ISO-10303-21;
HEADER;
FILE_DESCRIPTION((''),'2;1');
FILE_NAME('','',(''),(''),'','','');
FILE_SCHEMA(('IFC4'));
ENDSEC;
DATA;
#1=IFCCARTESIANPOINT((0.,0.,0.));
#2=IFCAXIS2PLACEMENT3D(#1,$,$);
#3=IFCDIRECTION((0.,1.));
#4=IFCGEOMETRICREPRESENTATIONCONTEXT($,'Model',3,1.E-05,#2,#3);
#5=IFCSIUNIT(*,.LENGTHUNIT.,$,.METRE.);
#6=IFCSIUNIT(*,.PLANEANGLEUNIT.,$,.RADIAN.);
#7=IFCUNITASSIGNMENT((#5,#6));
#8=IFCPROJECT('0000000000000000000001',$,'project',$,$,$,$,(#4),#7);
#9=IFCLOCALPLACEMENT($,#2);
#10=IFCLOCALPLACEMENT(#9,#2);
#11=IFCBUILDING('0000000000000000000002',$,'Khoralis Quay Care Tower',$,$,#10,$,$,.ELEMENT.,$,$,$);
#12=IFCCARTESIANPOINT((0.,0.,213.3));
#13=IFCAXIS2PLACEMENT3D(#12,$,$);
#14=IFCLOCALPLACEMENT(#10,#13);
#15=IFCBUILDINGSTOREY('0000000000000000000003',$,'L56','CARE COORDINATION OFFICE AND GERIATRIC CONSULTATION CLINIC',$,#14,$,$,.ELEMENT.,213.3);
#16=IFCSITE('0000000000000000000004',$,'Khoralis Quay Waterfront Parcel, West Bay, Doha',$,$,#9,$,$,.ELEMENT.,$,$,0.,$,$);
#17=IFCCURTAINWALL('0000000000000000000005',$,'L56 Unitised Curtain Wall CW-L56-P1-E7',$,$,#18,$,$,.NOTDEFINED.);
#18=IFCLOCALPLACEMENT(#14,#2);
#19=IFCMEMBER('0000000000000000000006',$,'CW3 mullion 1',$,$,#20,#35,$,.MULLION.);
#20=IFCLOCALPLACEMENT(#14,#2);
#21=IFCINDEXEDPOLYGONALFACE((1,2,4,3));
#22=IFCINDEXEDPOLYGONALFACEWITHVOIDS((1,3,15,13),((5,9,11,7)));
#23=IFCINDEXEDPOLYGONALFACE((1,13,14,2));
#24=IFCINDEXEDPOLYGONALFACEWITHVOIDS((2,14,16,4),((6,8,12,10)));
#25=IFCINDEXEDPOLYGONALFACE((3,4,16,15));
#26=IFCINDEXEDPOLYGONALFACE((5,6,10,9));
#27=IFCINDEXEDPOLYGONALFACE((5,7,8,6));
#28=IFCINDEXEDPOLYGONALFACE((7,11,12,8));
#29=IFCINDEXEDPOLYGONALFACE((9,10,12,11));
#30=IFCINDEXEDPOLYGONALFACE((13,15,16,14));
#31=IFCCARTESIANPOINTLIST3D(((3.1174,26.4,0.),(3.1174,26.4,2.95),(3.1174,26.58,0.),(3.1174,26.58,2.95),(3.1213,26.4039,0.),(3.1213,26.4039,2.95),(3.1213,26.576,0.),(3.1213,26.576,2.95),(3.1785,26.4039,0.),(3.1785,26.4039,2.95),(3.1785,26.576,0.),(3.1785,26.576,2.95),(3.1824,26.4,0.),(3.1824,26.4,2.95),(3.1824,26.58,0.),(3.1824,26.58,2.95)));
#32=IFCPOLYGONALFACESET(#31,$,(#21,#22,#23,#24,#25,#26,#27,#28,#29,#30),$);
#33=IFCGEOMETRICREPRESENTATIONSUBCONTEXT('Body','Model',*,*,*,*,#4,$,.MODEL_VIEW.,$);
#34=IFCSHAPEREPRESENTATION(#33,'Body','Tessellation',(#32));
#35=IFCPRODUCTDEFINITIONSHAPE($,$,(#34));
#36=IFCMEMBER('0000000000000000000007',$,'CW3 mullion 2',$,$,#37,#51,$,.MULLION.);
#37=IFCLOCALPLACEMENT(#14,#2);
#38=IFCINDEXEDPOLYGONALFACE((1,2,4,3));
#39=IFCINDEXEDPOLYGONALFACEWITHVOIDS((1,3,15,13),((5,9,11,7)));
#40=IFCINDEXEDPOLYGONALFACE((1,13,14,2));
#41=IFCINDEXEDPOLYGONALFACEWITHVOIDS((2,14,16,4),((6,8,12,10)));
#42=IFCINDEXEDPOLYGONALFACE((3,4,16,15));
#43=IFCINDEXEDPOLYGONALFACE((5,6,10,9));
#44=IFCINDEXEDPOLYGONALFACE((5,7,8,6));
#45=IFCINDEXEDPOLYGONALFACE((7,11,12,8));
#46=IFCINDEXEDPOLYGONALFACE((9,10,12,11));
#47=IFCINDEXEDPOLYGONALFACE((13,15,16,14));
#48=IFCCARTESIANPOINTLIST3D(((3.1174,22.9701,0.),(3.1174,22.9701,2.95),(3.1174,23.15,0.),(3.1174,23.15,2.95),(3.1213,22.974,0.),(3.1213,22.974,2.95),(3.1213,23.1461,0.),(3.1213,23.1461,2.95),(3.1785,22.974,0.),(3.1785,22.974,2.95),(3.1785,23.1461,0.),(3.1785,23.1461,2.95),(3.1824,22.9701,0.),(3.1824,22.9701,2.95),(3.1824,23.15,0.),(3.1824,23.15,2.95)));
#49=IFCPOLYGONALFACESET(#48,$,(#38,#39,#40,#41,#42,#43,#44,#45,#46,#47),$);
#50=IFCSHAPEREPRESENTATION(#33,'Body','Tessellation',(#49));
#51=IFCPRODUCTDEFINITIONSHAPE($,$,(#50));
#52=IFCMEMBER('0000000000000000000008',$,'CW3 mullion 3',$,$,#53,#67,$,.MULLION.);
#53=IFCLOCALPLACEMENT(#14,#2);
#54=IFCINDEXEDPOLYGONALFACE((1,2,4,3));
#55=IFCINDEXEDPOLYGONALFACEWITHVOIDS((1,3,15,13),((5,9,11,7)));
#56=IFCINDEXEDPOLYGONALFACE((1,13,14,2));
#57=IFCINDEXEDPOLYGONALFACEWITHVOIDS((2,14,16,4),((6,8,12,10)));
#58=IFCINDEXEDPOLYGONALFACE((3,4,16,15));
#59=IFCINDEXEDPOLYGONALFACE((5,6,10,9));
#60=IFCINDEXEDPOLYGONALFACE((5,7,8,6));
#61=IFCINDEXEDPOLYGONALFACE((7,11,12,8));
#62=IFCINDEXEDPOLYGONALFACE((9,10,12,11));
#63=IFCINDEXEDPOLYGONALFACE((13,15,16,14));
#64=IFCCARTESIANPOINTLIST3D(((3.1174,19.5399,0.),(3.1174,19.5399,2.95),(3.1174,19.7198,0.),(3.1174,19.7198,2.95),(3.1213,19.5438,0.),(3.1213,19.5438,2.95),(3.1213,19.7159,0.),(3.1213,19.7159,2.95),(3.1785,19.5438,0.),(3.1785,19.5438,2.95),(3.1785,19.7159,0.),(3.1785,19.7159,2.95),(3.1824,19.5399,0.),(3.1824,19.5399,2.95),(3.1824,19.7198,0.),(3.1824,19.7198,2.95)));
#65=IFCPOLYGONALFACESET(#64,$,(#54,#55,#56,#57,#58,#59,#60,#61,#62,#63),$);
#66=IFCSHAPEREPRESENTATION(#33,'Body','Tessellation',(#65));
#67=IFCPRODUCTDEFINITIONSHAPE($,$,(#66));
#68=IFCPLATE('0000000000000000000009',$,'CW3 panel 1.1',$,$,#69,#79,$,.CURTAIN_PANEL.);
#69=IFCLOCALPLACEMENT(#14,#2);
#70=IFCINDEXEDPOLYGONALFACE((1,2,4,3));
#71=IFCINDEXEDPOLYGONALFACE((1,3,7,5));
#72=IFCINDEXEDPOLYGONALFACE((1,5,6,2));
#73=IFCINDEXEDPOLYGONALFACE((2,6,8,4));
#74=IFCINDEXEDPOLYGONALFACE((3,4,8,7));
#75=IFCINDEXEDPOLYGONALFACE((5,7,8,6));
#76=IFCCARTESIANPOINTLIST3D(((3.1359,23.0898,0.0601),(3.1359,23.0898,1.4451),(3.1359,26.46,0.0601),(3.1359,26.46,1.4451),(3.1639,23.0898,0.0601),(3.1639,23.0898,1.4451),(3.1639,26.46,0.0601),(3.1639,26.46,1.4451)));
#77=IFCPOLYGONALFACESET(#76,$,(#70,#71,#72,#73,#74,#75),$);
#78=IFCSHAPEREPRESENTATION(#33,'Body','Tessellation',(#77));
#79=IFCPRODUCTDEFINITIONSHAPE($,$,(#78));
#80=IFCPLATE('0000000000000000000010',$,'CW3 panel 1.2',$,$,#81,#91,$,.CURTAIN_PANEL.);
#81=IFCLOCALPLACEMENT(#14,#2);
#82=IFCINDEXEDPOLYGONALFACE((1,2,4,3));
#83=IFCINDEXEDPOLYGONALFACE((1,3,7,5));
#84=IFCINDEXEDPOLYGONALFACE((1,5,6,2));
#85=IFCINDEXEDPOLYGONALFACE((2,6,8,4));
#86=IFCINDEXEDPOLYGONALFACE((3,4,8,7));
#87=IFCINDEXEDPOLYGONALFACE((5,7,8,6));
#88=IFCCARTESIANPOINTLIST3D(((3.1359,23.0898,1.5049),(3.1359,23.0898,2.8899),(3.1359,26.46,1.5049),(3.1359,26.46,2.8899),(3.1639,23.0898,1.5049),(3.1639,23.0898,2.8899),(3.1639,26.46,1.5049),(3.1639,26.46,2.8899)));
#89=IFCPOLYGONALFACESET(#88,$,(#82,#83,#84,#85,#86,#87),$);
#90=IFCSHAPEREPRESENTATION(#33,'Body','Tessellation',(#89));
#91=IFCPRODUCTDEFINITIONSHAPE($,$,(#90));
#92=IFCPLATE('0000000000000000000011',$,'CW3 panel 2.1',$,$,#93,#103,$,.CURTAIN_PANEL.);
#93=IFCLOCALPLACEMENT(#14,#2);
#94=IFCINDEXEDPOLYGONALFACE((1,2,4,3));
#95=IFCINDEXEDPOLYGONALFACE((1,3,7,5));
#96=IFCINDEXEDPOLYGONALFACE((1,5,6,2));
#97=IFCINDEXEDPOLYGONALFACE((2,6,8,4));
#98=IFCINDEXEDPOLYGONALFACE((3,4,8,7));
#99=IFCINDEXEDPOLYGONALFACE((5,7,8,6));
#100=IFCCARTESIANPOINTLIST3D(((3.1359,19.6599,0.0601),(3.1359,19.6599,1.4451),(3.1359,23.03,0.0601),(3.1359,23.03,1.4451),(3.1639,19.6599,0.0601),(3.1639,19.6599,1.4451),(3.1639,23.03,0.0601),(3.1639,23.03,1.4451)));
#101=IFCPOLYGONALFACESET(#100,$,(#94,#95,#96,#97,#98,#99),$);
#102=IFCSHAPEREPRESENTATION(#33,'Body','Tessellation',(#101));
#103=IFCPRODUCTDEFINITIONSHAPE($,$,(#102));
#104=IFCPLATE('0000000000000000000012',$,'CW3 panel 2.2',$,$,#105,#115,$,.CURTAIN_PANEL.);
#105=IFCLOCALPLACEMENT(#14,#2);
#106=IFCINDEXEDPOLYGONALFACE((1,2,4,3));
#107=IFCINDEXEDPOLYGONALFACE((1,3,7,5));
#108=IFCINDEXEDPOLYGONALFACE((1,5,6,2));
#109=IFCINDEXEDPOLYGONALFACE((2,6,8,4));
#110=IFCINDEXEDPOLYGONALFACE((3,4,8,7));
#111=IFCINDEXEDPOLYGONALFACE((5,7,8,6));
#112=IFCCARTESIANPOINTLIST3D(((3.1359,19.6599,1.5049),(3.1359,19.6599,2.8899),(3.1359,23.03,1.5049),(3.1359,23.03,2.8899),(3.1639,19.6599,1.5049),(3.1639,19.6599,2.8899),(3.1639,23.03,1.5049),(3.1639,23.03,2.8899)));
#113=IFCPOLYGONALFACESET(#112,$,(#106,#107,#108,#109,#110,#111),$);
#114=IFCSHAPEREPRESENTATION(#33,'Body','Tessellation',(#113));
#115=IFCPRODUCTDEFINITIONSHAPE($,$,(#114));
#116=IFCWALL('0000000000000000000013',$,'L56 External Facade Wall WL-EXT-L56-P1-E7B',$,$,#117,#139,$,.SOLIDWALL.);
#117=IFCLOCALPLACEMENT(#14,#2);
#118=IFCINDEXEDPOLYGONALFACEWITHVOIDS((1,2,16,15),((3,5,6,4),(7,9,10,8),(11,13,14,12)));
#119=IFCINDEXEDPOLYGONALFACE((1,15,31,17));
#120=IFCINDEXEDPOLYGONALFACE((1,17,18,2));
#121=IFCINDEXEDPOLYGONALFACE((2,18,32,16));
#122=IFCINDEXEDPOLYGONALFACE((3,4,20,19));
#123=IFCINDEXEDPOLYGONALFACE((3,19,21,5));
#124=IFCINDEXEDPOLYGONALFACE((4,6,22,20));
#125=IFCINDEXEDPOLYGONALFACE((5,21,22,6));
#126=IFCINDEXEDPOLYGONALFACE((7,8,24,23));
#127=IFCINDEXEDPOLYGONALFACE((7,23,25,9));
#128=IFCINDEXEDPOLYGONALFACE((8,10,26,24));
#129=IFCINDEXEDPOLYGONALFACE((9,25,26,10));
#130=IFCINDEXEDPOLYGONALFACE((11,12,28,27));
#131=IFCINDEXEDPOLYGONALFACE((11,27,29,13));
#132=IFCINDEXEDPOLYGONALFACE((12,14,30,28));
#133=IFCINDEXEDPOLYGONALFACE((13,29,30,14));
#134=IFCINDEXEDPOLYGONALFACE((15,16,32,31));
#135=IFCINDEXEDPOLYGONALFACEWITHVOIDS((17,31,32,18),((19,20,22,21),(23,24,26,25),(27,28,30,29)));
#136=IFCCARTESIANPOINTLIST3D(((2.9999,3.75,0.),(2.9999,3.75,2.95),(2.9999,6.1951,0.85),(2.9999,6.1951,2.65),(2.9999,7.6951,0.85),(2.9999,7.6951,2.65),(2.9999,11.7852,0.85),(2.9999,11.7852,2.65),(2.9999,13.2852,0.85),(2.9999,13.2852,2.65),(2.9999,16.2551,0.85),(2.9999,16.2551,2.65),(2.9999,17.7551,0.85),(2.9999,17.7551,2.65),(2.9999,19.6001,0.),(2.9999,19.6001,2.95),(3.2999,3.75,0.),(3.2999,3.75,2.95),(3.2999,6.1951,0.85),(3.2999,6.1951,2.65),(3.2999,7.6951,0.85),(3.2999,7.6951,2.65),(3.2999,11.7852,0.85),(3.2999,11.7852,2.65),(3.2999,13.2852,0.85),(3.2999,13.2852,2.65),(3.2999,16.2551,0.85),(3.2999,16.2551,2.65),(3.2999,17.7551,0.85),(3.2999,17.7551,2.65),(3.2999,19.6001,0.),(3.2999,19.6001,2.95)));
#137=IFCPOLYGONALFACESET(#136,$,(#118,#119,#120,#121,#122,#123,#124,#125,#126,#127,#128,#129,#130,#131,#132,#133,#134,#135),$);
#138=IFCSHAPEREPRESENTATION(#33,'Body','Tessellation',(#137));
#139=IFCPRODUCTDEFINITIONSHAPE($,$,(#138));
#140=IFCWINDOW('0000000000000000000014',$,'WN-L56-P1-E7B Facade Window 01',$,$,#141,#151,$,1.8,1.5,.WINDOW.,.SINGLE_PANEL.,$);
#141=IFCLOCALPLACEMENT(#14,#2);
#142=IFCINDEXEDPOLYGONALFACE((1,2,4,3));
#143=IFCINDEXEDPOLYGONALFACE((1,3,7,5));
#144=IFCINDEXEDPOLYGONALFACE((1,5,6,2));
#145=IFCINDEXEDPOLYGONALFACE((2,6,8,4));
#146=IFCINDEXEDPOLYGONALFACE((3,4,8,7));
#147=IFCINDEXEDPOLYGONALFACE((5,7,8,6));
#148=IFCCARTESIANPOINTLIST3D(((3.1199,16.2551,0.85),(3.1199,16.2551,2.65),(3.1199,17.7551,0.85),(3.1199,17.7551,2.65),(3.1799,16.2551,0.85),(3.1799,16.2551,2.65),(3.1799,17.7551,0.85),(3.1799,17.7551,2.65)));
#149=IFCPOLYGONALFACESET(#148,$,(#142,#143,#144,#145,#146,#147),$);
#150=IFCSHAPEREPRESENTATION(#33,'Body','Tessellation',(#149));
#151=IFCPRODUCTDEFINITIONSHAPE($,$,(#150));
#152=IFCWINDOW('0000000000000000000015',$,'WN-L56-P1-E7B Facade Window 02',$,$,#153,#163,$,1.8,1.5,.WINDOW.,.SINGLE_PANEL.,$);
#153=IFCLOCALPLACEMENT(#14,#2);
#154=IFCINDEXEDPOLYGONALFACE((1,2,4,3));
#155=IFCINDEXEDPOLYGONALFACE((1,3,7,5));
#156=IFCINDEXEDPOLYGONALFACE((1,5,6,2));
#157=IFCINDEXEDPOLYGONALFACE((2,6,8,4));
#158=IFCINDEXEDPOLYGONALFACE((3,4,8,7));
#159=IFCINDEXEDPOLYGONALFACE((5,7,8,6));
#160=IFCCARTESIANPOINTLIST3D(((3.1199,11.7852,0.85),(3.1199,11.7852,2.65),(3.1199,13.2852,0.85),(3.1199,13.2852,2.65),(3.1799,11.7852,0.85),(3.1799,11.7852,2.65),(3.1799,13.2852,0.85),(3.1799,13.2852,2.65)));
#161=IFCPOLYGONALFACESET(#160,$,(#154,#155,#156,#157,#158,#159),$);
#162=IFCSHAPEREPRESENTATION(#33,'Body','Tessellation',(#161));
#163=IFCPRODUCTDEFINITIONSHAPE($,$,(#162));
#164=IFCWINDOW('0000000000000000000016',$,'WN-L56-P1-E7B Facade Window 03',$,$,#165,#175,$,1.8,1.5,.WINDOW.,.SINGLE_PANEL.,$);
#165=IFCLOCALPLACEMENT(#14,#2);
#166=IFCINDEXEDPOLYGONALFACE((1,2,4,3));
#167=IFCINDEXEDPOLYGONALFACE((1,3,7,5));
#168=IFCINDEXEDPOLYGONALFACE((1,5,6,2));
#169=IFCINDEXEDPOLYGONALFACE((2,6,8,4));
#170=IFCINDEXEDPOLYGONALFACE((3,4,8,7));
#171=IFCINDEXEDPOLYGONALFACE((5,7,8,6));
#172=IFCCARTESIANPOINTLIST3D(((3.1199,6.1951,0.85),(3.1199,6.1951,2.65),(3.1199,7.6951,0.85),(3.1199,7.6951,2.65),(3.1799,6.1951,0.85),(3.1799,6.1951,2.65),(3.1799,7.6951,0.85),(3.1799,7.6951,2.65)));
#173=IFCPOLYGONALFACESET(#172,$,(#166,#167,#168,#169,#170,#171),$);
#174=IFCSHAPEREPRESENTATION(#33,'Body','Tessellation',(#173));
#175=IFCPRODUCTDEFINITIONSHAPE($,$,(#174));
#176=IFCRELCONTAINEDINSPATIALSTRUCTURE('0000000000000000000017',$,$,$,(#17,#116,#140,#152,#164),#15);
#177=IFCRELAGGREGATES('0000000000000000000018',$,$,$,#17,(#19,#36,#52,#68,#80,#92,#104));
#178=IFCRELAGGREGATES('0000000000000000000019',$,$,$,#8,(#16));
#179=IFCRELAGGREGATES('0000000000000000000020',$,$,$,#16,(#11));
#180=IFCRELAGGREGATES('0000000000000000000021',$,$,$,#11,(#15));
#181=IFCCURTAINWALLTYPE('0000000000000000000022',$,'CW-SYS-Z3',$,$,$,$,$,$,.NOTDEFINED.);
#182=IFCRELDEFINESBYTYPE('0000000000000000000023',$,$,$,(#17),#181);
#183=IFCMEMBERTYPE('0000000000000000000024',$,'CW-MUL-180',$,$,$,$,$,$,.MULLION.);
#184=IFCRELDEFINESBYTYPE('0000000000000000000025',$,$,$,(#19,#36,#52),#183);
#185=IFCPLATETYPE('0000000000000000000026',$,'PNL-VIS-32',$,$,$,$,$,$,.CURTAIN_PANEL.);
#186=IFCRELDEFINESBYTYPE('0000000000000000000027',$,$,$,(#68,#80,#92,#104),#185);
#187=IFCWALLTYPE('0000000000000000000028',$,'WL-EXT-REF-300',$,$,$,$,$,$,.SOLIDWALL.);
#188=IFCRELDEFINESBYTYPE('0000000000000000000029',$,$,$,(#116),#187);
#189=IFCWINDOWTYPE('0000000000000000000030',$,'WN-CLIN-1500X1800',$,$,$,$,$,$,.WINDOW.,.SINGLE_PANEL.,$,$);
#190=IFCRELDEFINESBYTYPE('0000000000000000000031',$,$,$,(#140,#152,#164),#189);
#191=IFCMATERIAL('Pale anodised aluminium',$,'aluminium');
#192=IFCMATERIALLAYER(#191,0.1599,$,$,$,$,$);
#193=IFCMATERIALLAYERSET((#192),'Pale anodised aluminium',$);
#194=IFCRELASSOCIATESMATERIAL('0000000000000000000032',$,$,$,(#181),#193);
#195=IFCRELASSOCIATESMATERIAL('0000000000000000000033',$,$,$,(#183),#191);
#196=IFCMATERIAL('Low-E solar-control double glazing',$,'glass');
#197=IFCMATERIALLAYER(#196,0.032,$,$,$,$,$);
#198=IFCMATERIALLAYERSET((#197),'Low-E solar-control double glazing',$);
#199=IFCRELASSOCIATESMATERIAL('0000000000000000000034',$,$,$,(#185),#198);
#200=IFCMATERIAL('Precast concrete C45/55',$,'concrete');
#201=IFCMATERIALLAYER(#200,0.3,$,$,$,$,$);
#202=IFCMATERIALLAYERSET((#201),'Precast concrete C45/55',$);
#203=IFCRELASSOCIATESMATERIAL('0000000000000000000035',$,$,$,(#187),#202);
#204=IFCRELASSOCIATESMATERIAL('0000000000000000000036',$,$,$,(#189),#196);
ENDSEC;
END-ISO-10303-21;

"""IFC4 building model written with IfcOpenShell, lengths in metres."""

from ifc_helpers import new_model, si_unit, direction, frame, frame_2d, origin, origin_2d, place, context, subcontext, project, spatial, rectangle, hollow_rectangle, extrude, source, transform, mapped, material, layer, layer_set, material_profile, profile_set, type_object, element, fill, aggregate, save


model = new_model("IFC4")

# Units and contexts
model_context = context("Model", 3, precision=1e-05, world=origin(), true_north=direction((0.0, 1.0)))
body_context = subcontext(model_context, "Body", "Model", "MODEL_VIEW")
ifc_project = project(units=[si_unit("LENGTHUNIT", "METRE"), si_unit("PLANEANGLEUNIT", "RADIAN")], contexts=[model_context])

# Site, building, storey
site_placement = place(None, origin())
site = spatial("IfcSite", under=ifc_project, at=site_placement, Name="Khoralis Quay Waterfront Parcel, West Bay, Doha", CompositionType="ELEMENT", RefElevation=0.0)
building_placement = place(site_placement, origin())
building = spatial("IfcBuilding", under=site, at=building_placement, Name="Khoralis Quay Care Tower", CompositionType="ELEMENT")
storey_placement = place(building_placement, frame((0.0, 0.0, 213.3)))
storey = spatial("IfcBuildingStorey", under=building, at=storey_placement, Name="L56", Description="CARE COORDINATION OFFICE AND GERIATRIC CONSULTATION CLINIC", CompositionType="ELEMENT", Elevation=213.3)

# Curtain wall, members, plates
ifc_material_1 = material(Name="Pale anodised aluminium", Category="aluminium")
ifc_layer_1 = layer(ifc_material_1, 0.1599)
ifc_layer_set_1 = layer_set([ifc_layer_1], Name="Pale anodised aluminium")
curtain_wall_type = type_object("IfcCurtainWallType", Name="CW-SYS-Z3", PredefinedType="NOTDEFINED", material=ifc_layer_set_1)
curtain_wall_placement = place(storey_placement, origin())
curtain_wall = element("IfcCurtainWall", 1, at=curtain_wall_placement, inside=storey, type_object=curtain_wall_type, Name="L56 Unitised Curtain Wall CW-L56-P1-E7", PredefinedType="NOTDEFINED")
ifc_material_profile_1 = material_profile(ifc_material_1, hollow_rectangle(XDim=0.0649, YDim=0.1799, WallThickness=0.0039, at=origin_2d()), Name="Pale anodised aluminium")
ifc_profile_set_1 = profile_set([ifc_material_profile_1], Name="Pale anodised aluminium")
member_type_1 = type_object("IfcMemberType", Name="CW-MUL-180", PredefinedType="MULLION", material=ifc_profile_set_1)
shared_shape_1 = source(origin(), body_context, "Body", "SweptSolid", [
    extrude(hollow_rectangle(XDim=0.0649, YDim=0.1799, WallThickness=0.0039, at=origin_2d()), origin(), (0.0, 0.0, 1.0), 2.95),
])
member_1_placement = place(storey_placement, frame((3.1499, 26.49, 0.0), z_axis=(0.0, 0.0, 1.0), x_axis=(1.0, 0.0, 0.0)))
member_1 = element("IfcMember", 2, at=member_1_placement, type_object=member_type_1, Name="CW3 mullion 1", PredefinedType="MULLION", context=body_context, shape_type="MappedRepresentation", body=[
    mapped(shared_shape_1, transform((0.0, 0.0, 0.0), scale=1.0)),
])
member_2_placement = place(storey_placement, frame((3.1499, 23.0601, 0.0), z_axis=(0.0, 0.0, 1.0), x_axis=(1.0, 0.0, 0.0)))
member_2 = element("IfcMember", 3, at=member_2_placement, type_object=member_type_1, Name="CW3 mullion 2", PredefinedType="MULLION", context=body_context, shape_type="MappedRepresentation", body=[
    mapped(shared_shape_1, transform((0.0, 0.0, 0.0), scale=1.0)),
])
member_3_placement = place(storey_placement, frame((3.1499, 19.6299, 0.0), z_axis=(0.0, 0.0, 1.0), x_axis=(1.0, 0.0, 0.0)))
member_3 = element("IfcMember", 4, at=member_3_placement, type_object=member_type_1, Name="CW3 mullion 3", PredefinedType="MULLION", context=body_context, shape_type="MappedRepresentation", body=[
    mapped(shared_shape_1, transform((0.0, 0.0, 0.0), scale=1.0)),
])
ifc_material_2 = material(Name="Low-E solar-control double glazing", Category="glass")
ifc_layer_2 = layer(ifc_material_2, 0.032)
ifc_layer_set_2 = layer_set([ifc_layer_2], Name="Low-E solar-control double glazing")
plate_type = type_object("IfcPlateType", Name="PNL-VIS-32", PredefinedType="CURTAIN_PANEL", material=ifc_layer_set_2)
shared_shape_2 = source(origin(), body_context, "Body", "SweptSolid", [
    extrude(rectangle(XDim=3.3701, YDim=0.0281, at=origin_2d()), origin(), (0.0, 0.0, 1.0), 1.385),
])
plate_1_placement = place(storey_placement, frame((3.1499, 24.7749, 0.0601), z_axis=(0.0, 0.0, 1.0), x_axis=(0.0, -1.0, 0.0)))
plate_1 = element("IfcPlate", 5, at=plate_1_placement, type_object=plate_type, Name="CW3 panel 1.1", PredefinedType="CURTAIN_PANEL", context=body_context, shape_type="MappedRepresentation", body=[
    mapped(shared_shape_2, transform((0.0, 0.0, 0.0), scale=1.0)),
])
plate_2_placement = place(storey_placement, frame((3.1499, 24.7749, 1.5049), z_axis=(0.0, 0.0, 1.0), x_axis=(0.0, -1.0, 0.0)))
plate_2 = element("IfcPlate", 6, at=plate_2_placement, type_object=plate_type, Name="CW3 panel 1.2", PredefinedType="CURTAIN_PANEL", context=body_context, shape_type="MappedRepresentation", body=[
    mapped(shared_shape_2, transform((0.0, 0.0, 0.0), scale=1.0)),
])
plate_3_placement = place(storey_placement, frame((3.1499, 21.345, 0.0601), z_axis=(0.0, 0.0, 1.0), x_axis=(0.0, -1.0, 0.0)))
plate_3 = element("IfcPlate", 7, at=plate_3_placement, type_object=plate_type, Name="CW3 panel 2.1", PredefinedType="CURTAIN_PANEL", context=body_context, shape_type="MappedRepresentation", body=[
    mapped(shared_shape_2, transform((0.0, 0.0, 0.0), scale=1.0)),
])
plate_4_placement = place(storey_placement, frame((3.1499, 21.345, 1.5049), z_axis=(0.0, 0.0, 1.0), x_axis=(0.0, -1.0, 0.0)))
plate_4 = element("IfcPlate", 8, at=plate_4_placement, type_object=plate_type, Name="CW3 panel 2.2", PredefinedType="CURTAIN_PANEL", context=body_context, shape_type="MappedRepresentation", body=[
    mapped(shared_shape_2, transform((0.0, 0.0, 0.0), scale=1.0)),
])
aggregate(curtain_wall, [member_1, member_2, member_3, plate_1, plate_2, plate_3, plate_4])

# Wall, openings, windows
ifc_material_3 = material(Name="Precast concrete C45/55", Category="concrete")
ifc_layer_3 = layer(ifc_material_3, 0.3)
ifc_layer_set_3 = layer_set([ifc_layer_3], Name="Precast concrete C45/55")
wall_type_1 = type_object("IfcWallType", Name="WL-EXT-REF-300", PredefinedType="SOLIDWALL", material=ifc_layer_set_3)
wall_1_placement = place(storey_placement, frame((3.1499, 19.6001, 0.0), z_axis=(0.0, 0.0, 1.0), x_axis=(0.0, -1.0, 0.0)))
wall_1 = element("IfcWall", 9, at=wall_1_placement, inside=storey, type_object=wall_type_1, Name="L56 External Facade Wall WL-EXT-L56-P1-E7B", PredefinedType="SOLIDWALL", context=body_context, shape_type="SweptSolid", body=[
    extrude(rectangle(XDim=15.8501, YDim=0.3, at=frame_2d((7.925, 0.0))), origin(), (0.0, 0.0, 1.0), 2.95),
])
opening_1_placement = place(wall_1_placement, frame((1.845, 0.0, 0.8501)))
opening_1 = element("IfcOpeningElement", 10, at=opening_1_placement, cuts=wall_1, PredefinedType="OPENING", context=body_context, shape_type="SweptSolid", body=[
    extrude(rectangle(XDim=1.5, YDim=1.8, at=frame_2d((0.75, 0.8999))), frame((0.0, 0.1602, 0.0), z_axis=(0.0, -1.0, 0.0), x_axis=(1.0, 0.0, 0.0)), (0.0, 0.0, 1.0), 0.3201),
])
opening_2_placement = place(wall_1_placement, frame((6.3149, 0.0, 0.8501)))
opening_2 = element("IfcOpeningElement", 11, at=opening_2_placement, cuts=wall_1, PredefinedType="OPENING", context=body_context, shape_type="SweptSolid", body=[
    extrude(rectangle(XDim=1.5, YDim=1.8, at=frame_2d((0.75, 0.8999))), frame((0.0, 0.1602, 0.0), z_axis=(0.0, -1.0, 0.0), x_axis=(1.0, 0.0, 0.0)), (0.0, 0.0, 1.0), 0.3201),
])
opening_3_placement = place(wall_1_placement, frame((11.905, 0.0, 0.8501)))
opening_3 = element("IfcOpeningElement", 12, at=opening_3_placement, cuts=wall_1, PredefinedType="OPENING", context=body_context, shape_type="SweptSolid", body=[
    extrude(rectangle(XDim=1.5, YDim=1.8, at=frame_2d((0.75, 0.8999))), frame((0.0, 0.1602, 0.0), z_axis=(0.0, -1.0, 0.0), x_axis=(1.0, 0.0, 0.0)), (0.0, 0.0, 1.0), 0.3201),
])
window_type = type_object("IfcWindowType", Name="WN-CLIN-1500X1800", PartitioningType="SINGLE_PANEL", PredefinedType="WINDOW", material=ifc_material_2)
shared_shape_3 = source(origin(), body_context, "Body", "SweptSolid", [
    extrude(rectangle(XDim=1.5, YDim=1.8, at=frame_2d((0.75, 0.8999))), frame((0.0, 0.03, 0.0), z_axis=(0.0, -1.0, 0.0), x_axis=(1.0, 0.0, 0.0)), (0.0, 0.0, 1.0), 0.0601),
])
window_1_placement = place(opening_1_placement, origin())
window_1 = element("IfcWindow", 13, at=window_1_placement, inside=storey, type_object=window_type, Name="WN-L56-P1-E7B Facade Window 01", OverallHeight=1.8, OverallWidth=1.5, PartitioningType="SINGLE_PANEL", PredefinedType="WINDOW", context=body_context, shape_type="MappedRepresentation", body=[
    mapped(shared_shape_3, transform((0.0, 0.0, 0.0), scale=1.0)),
])
fill(opening_1, window_1)
window_2_placement = place(opening_2_placement, origin())
window_2 = element("IfcWindow", 14, at=window_2_placement, inside=storey, type_object=window_type, Name="WN-L56-P1-E7B Facade Window 02", OverallHeight=1.8, OverallWidth=1.5, PartitioningType="SINGLE_PANEL", PredefinedType="WINDOW", context=body_context, shape_type="MappedRepresentation", body=[
    mapped(shared_shape_3, transform((0.0, 0.0, 0.0), scale=1.0)),
])
fill(opening_2, window_2)
window_3_placement = place(opening_3_placement, origin())
window_3 = element("IfcWindow", 15, at=window_3_placement, inside=storey, type_object=window_type, Name="WN-L56-P1-E7B Facade Window 03", OverallHeight=1.8, OverallWidth=1.5, PartitioningType="SINGLE_PANEL", PredefinedType="WINDOW", context=body_context, shape_type="MappedRepresentation", body=[
    mapped(shared_shape_3, transform((0.0, 0.0, 0.0), scale=1.0)),
])
fill(opening_3, window_3)

save(model, "model.ifc")
